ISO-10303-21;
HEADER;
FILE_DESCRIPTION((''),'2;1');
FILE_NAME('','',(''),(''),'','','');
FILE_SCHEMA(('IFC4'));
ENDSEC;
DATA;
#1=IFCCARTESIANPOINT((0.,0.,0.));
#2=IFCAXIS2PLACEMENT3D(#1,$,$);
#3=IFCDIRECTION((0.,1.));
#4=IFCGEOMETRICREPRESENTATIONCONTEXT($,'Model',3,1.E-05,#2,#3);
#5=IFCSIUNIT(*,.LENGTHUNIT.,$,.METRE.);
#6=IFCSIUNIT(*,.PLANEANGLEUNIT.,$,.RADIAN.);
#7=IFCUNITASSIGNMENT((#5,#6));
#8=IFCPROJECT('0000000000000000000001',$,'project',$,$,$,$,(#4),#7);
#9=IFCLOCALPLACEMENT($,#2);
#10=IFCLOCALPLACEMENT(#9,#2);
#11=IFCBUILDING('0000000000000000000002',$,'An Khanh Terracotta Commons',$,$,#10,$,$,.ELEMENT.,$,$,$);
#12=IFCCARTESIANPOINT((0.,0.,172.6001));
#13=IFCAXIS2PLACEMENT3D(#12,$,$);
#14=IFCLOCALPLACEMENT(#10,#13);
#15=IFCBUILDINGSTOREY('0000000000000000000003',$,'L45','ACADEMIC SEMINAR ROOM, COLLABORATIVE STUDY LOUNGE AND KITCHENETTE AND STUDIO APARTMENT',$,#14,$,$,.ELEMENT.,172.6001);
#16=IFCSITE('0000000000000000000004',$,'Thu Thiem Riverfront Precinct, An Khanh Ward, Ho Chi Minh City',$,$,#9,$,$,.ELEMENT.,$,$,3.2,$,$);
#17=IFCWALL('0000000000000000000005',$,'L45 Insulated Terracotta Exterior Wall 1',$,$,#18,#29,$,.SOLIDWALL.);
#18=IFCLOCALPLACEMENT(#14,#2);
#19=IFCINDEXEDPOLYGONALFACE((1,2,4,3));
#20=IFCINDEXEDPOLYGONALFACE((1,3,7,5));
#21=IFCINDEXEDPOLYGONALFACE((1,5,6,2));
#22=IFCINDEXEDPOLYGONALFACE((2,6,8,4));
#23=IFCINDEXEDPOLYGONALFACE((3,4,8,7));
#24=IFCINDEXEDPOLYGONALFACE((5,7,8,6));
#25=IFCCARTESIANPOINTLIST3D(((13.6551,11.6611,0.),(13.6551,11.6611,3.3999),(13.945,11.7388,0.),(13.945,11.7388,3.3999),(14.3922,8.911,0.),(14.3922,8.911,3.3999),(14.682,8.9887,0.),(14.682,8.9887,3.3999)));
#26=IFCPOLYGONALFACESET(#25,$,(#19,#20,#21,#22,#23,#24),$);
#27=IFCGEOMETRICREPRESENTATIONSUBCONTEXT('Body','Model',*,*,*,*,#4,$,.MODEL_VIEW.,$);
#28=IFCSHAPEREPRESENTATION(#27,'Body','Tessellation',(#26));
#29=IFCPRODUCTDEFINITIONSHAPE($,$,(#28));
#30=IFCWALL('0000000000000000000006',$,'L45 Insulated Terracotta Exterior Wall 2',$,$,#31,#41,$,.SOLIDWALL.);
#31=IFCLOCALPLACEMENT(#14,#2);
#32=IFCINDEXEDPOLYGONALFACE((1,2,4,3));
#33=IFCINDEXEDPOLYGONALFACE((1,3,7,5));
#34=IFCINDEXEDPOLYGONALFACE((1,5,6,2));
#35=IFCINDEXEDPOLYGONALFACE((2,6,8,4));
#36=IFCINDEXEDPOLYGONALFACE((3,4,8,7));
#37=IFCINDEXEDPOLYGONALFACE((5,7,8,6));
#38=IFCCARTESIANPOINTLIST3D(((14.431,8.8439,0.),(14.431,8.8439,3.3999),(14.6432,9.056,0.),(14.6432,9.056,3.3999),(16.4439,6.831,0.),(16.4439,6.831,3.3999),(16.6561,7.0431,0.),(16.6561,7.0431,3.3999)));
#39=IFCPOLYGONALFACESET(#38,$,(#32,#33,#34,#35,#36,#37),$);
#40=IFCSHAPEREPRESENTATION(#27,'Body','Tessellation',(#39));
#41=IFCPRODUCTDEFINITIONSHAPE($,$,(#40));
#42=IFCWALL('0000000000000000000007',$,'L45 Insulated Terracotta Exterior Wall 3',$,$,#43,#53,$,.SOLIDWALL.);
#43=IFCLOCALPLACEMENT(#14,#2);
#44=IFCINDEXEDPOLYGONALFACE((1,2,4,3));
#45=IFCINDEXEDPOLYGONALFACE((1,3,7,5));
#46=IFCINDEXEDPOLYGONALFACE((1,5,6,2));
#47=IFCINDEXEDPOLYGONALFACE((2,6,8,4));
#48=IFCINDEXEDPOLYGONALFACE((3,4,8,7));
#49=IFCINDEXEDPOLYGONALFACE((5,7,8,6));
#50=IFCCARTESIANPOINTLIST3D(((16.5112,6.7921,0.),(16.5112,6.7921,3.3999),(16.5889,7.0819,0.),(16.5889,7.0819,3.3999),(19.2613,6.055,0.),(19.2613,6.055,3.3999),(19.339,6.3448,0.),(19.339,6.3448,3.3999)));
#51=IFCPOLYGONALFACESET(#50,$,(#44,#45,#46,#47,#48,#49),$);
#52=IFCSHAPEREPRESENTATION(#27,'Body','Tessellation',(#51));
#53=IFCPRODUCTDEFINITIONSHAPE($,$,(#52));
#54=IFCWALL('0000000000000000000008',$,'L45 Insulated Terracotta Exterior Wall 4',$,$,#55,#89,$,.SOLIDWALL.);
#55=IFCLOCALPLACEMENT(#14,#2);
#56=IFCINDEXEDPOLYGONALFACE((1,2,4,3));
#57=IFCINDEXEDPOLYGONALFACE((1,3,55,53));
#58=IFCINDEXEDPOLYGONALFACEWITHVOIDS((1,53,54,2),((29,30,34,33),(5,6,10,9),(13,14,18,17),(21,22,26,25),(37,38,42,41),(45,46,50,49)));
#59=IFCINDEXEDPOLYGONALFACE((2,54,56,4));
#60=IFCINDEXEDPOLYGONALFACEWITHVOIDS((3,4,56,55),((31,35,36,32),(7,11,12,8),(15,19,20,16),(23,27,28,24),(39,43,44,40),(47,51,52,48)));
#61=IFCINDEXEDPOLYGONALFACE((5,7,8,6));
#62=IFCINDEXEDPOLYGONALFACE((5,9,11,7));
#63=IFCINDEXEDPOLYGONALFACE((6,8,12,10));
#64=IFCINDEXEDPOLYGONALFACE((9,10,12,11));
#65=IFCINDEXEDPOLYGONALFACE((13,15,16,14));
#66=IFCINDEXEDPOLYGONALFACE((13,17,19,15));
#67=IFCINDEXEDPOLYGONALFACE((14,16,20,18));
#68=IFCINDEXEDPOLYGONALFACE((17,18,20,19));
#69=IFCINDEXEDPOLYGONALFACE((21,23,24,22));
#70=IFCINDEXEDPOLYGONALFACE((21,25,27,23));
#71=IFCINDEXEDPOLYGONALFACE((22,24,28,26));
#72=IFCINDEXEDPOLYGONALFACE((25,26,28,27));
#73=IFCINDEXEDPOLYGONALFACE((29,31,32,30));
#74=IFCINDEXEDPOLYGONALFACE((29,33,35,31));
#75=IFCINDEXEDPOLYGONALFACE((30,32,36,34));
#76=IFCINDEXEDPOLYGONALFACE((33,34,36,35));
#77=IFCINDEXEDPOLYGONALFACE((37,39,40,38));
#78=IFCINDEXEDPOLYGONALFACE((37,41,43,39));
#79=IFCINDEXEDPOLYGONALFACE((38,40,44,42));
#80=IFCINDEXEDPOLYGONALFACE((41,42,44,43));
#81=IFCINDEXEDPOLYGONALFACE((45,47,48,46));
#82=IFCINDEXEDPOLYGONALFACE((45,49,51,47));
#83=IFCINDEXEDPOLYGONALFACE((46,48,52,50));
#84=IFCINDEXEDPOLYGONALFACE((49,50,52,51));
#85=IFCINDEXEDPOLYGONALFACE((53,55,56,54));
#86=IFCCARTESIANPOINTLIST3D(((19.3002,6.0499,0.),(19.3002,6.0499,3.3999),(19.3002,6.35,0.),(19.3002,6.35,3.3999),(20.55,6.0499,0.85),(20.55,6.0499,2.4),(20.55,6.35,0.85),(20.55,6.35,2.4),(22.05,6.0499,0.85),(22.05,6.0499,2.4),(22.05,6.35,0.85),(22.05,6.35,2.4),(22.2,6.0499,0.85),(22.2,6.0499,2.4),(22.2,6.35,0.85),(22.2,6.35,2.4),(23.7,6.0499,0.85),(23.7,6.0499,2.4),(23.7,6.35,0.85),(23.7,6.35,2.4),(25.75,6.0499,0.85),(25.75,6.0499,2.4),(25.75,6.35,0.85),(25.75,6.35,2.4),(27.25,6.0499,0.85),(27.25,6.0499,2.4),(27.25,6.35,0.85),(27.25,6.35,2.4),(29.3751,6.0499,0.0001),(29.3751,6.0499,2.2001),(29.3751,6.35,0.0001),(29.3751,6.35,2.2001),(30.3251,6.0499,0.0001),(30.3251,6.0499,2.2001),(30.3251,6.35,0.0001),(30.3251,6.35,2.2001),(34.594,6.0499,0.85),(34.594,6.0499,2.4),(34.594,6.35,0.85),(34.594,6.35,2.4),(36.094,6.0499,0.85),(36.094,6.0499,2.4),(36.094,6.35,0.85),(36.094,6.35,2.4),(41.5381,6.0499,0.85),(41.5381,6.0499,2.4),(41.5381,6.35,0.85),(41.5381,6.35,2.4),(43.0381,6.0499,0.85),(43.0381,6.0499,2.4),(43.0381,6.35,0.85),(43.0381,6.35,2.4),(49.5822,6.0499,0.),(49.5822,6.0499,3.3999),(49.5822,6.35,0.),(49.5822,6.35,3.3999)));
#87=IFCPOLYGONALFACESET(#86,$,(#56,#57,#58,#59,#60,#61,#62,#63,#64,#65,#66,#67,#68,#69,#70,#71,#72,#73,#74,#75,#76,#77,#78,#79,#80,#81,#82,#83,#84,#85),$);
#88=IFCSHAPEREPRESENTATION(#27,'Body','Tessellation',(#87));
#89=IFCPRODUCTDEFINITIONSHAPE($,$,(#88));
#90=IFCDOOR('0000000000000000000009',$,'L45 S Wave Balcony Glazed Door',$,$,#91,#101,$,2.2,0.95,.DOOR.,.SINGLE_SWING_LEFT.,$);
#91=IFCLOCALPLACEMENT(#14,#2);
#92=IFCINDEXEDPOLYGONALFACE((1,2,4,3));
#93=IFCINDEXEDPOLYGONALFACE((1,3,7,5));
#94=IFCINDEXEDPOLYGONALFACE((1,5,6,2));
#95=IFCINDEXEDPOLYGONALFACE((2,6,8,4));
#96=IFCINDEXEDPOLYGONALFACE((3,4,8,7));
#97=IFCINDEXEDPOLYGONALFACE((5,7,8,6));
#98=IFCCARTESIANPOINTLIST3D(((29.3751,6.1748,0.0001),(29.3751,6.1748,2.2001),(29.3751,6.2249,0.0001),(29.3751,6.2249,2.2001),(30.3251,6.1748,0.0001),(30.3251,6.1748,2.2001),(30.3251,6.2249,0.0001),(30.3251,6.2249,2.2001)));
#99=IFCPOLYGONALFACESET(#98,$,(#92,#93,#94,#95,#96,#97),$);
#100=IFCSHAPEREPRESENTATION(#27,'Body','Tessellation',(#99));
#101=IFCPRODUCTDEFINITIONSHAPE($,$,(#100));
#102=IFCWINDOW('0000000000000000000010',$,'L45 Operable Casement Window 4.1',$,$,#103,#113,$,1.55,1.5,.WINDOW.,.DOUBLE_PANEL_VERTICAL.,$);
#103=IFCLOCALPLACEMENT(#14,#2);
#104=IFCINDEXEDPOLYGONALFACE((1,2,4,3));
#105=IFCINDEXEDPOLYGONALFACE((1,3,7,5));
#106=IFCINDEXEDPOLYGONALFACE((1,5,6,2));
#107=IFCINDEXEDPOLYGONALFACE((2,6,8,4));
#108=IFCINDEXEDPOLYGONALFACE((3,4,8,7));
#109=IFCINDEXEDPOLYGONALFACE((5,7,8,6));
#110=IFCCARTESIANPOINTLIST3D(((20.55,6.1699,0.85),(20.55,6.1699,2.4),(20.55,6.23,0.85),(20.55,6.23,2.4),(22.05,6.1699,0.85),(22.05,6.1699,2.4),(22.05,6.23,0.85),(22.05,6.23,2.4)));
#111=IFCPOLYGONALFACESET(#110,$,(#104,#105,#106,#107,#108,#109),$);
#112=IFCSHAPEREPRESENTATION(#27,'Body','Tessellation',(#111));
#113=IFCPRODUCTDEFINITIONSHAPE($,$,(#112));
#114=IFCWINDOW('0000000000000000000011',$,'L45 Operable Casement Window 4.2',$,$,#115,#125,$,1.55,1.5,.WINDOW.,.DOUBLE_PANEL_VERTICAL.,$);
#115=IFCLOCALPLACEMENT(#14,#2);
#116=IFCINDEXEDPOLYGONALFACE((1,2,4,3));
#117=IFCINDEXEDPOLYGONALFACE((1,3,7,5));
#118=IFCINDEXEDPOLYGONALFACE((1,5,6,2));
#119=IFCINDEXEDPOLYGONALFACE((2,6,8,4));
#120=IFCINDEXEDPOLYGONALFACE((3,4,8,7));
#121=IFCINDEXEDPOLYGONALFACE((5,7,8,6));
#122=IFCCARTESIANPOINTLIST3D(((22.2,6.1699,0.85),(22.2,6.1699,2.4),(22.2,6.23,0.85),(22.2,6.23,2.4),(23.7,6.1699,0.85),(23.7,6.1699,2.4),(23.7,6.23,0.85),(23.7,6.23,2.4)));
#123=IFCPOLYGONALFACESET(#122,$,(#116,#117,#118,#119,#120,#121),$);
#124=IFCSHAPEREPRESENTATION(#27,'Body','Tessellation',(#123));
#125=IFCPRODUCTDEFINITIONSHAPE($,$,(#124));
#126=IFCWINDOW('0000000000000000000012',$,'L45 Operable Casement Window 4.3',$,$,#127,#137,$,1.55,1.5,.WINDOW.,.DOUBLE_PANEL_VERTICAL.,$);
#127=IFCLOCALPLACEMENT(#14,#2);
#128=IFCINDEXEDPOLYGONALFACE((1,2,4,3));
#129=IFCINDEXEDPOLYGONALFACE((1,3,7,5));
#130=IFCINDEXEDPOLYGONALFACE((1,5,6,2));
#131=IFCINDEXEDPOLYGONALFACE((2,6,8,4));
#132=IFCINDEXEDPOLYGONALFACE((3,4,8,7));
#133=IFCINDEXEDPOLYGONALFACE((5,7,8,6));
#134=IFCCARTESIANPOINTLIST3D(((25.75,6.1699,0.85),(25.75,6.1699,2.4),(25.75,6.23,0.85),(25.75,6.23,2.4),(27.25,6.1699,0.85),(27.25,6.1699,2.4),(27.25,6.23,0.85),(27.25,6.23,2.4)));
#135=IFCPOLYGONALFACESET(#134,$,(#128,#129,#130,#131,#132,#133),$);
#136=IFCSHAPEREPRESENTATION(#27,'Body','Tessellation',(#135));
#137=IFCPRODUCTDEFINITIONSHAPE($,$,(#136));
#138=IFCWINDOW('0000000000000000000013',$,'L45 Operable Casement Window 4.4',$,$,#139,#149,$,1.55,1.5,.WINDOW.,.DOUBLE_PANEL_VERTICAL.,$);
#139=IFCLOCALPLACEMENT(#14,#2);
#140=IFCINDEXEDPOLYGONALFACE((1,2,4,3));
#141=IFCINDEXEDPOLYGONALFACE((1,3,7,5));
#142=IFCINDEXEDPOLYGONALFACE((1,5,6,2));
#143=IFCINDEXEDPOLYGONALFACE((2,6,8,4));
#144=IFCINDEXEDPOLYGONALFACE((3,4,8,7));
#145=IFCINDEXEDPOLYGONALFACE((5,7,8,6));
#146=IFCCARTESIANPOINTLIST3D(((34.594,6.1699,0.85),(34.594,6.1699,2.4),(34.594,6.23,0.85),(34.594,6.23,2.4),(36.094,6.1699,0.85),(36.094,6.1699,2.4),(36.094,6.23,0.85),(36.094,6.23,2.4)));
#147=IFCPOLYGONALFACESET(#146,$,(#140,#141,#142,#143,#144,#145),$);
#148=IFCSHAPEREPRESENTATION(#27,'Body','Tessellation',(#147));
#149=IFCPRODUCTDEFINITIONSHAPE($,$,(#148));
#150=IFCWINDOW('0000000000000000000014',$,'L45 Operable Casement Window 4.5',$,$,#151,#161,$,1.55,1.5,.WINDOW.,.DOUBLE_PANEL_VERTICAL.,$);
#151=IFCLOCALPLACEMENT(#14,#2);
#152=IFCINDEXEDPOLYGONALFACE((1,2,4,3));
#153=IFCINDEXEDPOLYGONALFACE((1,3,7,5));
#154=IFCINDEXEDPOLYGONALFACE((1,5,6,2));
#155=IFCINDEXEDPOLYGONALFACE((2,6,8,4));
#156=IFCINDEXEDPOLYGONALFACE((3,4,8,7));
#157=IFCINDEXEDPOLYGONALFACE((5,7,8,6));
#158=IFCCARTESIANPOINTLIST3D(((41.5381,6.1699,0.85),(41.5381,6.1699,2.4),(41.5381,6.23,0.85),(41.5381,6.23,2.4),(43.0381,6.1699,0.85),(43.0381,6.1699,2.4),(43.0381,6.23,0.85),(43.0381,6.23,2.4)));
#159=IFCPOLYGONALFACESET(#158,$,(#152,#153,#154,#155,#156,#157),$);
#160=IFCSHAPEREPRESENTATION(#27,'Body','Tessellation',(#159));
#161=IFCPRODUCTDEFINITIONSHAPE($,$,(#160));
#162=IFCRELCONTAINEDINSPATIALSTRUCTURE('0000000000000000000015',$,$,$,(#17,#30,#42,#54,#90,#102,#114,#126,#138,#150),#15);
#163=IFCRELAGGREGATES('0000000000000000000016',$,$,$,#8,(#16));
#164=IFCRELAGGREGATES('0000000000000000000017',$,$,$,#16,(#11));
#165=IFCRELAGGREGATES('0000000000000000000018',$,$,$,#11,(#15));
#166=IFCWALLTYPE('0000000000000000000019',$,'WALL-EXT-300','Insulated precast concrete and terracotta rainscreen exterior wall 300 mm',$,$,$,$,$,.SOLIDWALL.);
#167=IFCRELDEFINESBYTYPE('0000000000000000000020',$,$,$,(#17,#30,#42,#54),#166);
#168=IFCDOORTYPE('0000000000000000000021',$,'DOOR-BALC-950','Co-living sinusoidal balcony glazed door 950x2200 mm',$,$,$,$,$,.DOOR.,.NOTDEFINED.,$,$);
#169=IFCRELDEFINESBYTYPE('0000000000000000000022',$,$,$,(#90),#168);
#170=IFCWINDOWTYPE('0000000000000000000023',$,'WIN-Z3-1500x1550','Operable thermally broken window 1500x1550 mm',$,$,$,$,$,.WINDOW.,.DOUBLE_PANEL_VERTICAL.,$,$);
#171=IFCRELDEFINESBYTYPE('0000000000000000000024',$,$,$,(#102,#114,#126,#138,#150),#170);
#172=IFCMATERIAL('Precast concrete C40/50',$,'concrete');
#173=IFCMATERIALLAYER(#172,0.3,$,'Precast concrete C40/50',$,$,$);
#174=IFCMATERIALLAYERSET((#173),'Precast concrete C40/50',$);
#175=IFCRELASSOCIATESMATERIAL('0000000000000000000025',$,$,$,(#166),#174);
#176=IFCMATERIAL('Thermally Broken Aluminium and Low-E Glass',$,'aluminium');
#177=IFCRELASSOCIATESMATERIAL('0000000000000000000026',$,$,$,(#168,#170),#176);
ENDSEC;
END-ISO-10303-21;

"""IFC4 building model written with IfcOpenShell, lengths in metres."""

from ifc_helpers import new_model, si_unit, direction, frame, frame_2d, origin, place, context, subcontext, project, spatial, rectangle, extrude, material, layer, layer_set, type_object, element, fill, save


model = new_model("IFC4")

# Units and contexts
model_context = context("Model", 3, precision=1e-05, world=origin(), true_north=direction((0.0, 1.0)))
body_context = subcontext(model_context, "Body", "Model", "MODEL_VIEW")
ifc_project = project(units=[si_unit("LENGTHUNIT", "METRE"), si_unit("PLANEANGLEUNIT", "RADIAN")], contexts=[model_context])

# Site, building, storey
site_placement = place(None, origin())
site = spatial("IfcSite", under=ifc_project, at=site_placement, Name="Thu Thiem Riverfront Precinct, An Khanh Ward, Ho Chi Minh City", CompositionType="ELEMENT", RefElevation=3.2)
building_placement = place(site_placement, origin())
building = spatial("IfcBuilding", under=site, at=building_placement, Name="An Khanh Terracotta Commons", CompositionType="ELEMENT")
storey_placement = place(building_placement, frame((0.0, 0.0, 172.6001)))
storey = spatial("IfcBuildingStorey", under=building, at=storey_placement, Name="L45", Description="ACADEMIC SEMINAR ROOM, COLLABORATIVE STUDY LOUNGE AND KITCHENETTE AND STUDIO APARTMENT", CompositionType="ELEMENT", Elevation=172.6001)

# Walls
ifc_material_1 = material(Name="Precast concrete C40/50", Category="concrete")
ifc_layer_1 = layer(ifc_material_1, 0.3, Name="Precast concrete C40/50")
ifc_layer_set_1 = layer_set([ifc_layer_1], Name="Precast concrete C40/50")
wall_type_1 = type_object("IfcWallType", Name="WALL-EXT-300", Description="Insulated precast concrete and terracotta rainscreen exterior wall 300 mm", PredefinedType="SOLIDWALL", material=ifc_layer_set_1)
wall_1_placement = place(storey_placement, frame((13.8, 11.7, 0.0), z_axis=(0.0, 0.0, 1.0), x_axis=(0.258885, -0.965908, 0.0)))
element("IfcWall", 1, at=wall_1_placement, inside=storey, type_object=wall_type_1, Name="L45 Insulated Terracotta Exterior Wall 1", PredefinedType="SOLIDWALL", context=body_context, shape_type="SweptSolid", body=[
    extrude(rectangle(XDim=2.8472, YDim=0.3, at=frame_2d((1.4236, 0.0))), origin(), (0.0, 0.0, 1.0), 3.3999),
])
wall_2_placement = place(storey_placement, frame((14.5371, 8.95, 0.0), z_axis=(0.0, 0.0, 1.0), x_axis=(0.707107, -0.707107, 0.0)))
element("IfcWall", 2, at=wall_2_placement, inside=storey, type_object=wall_type_1, Name="L45 Insulated Terracotta Exterior Wall 2", PredefinedType="SOLIDWALL", context=body_context, shape_type="SweptSolid", body=[
    extrude(rectangle(XDim=2.8467, YDim=0.3, at=frame_2d((1.4233, 0.0))), origin(), (0.0, 0.0, 1.0), 3.3999),
])
wall_3_placement = place(storey_placement, frame((16.55, 6.937, 0.0), z_axis=(0.0, 0.0, 1.0), x_axis=(0.965908, -0.258885, 0.0)))
element("IfcWall", 3, at=wall_3_placement, inside=storey, type_object=wall_type_1, Name="L45 Insulated Terracotta Exterior Wall 3", PredefinedType="SOLIDWALL", context=body_context, shape_type="SweptSolid", body=[
    extrude(rectangle(XDim=2.8472, YDim=0.3, at=frame_2d((1.4236, 0.0))), origin(), (0.0, 0.0, 1.0), 3.3999),
])

# Wall, openings, door, windows
wall_4_placement = place(storey_placement, frame((19.3, 6.2, 0.0), z_axis=(0.0, 0.0, 1.0), x_axis=(1.0, 0.0, 0.0)))
wall_4 = element("IfcWall", 4, at=wall_4_placement, inside=storey, type_object=wall_type_1, Name="L45 Insulated Terracotta Exterior Wall 4", PredefinedType="SOLIDWALL", context=body_context, shape_type="SweptSolid", body=[
    extrude(rectangle(XDim=30.282, YDim=0.3, at=frame_2d((15.1411, 0.0))), origin(), (0.0, 0.0, 1.0), 3.3999),
])
opening_1_placement = place(wall_4_placement, frame((10.075, 0.0, 0.0)))
opening_1 = element("IfcOpeningElement", 5, at=opening_1_placement, cuts=wall_4, PredefinedType="OPENING", context=body_context, shape_type="SweptSolid", body=[
    extrude(rectangle(XDim=0.95, YDim=2.2, at=frame_2d((0.4751, 1.1001))), frame((0.0, 0.1599, 0.0), z_axis=(0.0, -1.0, 0.0), x_axis=(1.0, 0.0, 0.0)), (0.0, 0.0, 1.0), 0.3201),
])
opening_2_placement = place(wall_4_placement, frame((1.25, 0.0, 0.8501)))
opening_2 = element("IfcOpeningElement", 6, at=opening_2_placement, cuts=wall_4, PredefinedType="OPENING", context=body_context, shape_type="SweptSolid", body=[
    extrude(rectangle(XDim=1.5, YDim=1.55, at=frame_2d((0.75, 0.7749))), frame((0.0, 0.1599, 0.0), z_axis=(0.0, -1.0, 0.0), x_axis=(1.0, 0.0, 0.0)), (0.0, 0.0, 1.0), 0.3201),
])
opening_3_placement = place(wall_4_placement, frame((2.8999, 0.0, 0.8501)))
opening_3 = element("IfcOpeningElement", 7, at=opening_3_placement, cuts=wall_4, PredefinedType="OPENING", context=body_context, shape_type="SweptSolid", body=[
    extrude(rectangle(XDim=1.5, YDim=1.55, at=frame_2d((0.75, 0.7749))), frame((0.0, 0.1599, 0.0), z_axis=(0.0, -1.0, 0.0), x_axis=(1.0, 0.0, 0.0)), (0.0, 0.0, 1.0), 0.3201),
])
opening_4_placement = place(wall_4_placement, frame((6.45, 0.0, 0.8501)))
opening_4 = element("IfcOpeningElement", 8, at=opening_4_placement, cuts=wall_4, PredefinedType="OPENING", context=body_context, shape_type="SweptSolid", body=[
    extrude(rectangle(XDim=1.5, YDim=1.55, at=frame_2d((0.75, 0.7749))), frame((0.0, 0.1599, 0.0), z_axis=(0.0, -1.0, 0.0), x_axis=(1.0, 0.0, 0.0)), (0.0, 0.0, 1.0), 0.3201),
])
opening_5_placement = place(wall_4_placement, frame((15.2939, 0.0, 0.8501)))
opening_5 = element("IfcOpeningElement", 9, at=opening_5_placement, cuts=wall_4, PredefinedType="OPENING", context=body_context, shape_type="SweptSolid", body=[
    extrude(rectangle(XDim=1.5, YDim=1.55, at=frame_2d((0.75, 0.7749))), frame((0.0, 0.1599, 0.0), z_axis=(0.0, -1.0, 0.0), x_axis=(1.0, 0.0, 0.0)), (0.0, 0.0, 1.0), 0.3201),
])
opening_6_placement = place(wall_4_placement, frame((22.238, 0.0, 0.8501)))
opening_6 = element("IfcOpeningElement", 10, at=opening_6_placement, cuts=wall_4, PredefinedType="OPENING", context=body_context, shape_type="SweptSolid", body=[
    extrude(rectangle(XDim=1.5, YDim=1.55, at=frame_2d((0.75, 0.7749))), frame((0.0, 0.1599, 0.0), z_axis=(0.0, -1.0, 0.0), x_axis=(1.0, 0.0, 0.0)), (0.0, 0.0, 1.0), 0.3201),
])
ifc_material_2 = material(Name="Thermally Broken Aluminium and Low-E Glass", Category="aluminium")
door_type_1 = type_object("IfcDoorType", Name="DOOR-BALC-950", Description="Co-living sinusoidal balcony glazed door 950x2200 mm", OperationType="NOTDEFINED", PredefinedType="DOOR", material=ifc_material_2)
door_1_placement = place(opening_1_placement, origin())
door_1 = element("IfcDoor", 11, at=door_1_placement, inside=storey, type_object=door_type_1, Name="L45 S Wave Balcony Glazed Door", OperationType="SINGLE_SWING_LEFT", OverallHeight=2.2, OverallWidth=0.95, PredefinedType="DOOR", context=body_context, shape_type="SweptSolid", body=[
    extrude(rectangle(XDim=0.95, YDim=2.2, at=frame_2d((0.4751, 1.1001))), frame((0.0, 0.0249, 0.0), z_axis=(0.0, -1.0, 0.0), x_axis=(1.0, 0.0, 0.0)), (0.0, 0.0, 1.0), 0.05),
])
fill(opening_1, door_1)
window_type = type_object("IfcWindowType", Name="WIN-Z3-1500x1550", Description="Operable thermally broken window 1500x1550 mm", PartitioningType="DOUBLE_PANEL_VERTICAL", PredefinedType="WINDOW", material=ifc_material_2)
window_1_placement = place(opening_2_placement, origin())
window_1 = element("IfcWindow", 12, at=window_1_placement, inside=storey, type_object=window_type, Name="L45 Operable Casement Window 4.1", OverallHeight=1.55, OverallWidth=1.5, PartitioningType="DOUBLE_PANEL_VERTICAL", PredefinedType="WINDOW", context=body_context, shape_type="SweptSolid", body=[
    extrude(rectangle(XDim=1.5, YDim=1.55, at=frame_2d((0.75, 0.7749))), frame((0.0, 0.03, 0.0), z_axis=(0.0, -1.0, 0.0), x_axis=(1.0, 0.0, 0.0)), (0.0, 0.0, 1.0), 0.0601),
])
fill(opening_2, window_1)
window_2_placement = place(opening_3_placement, origin())
window_2 = element("IfcWindow", 13, at=window_2_placement, inside=storey, type_object=window_type, Name="L45 Operable Casement Window 4.2", OverallHeight=1.55, OverallWidth=1.5, PartitioningType="DOUBLE_PANEL_VERTICAL", PredefinedType="WINDOW", context=body_context, shape_type="SweptSolid", body=[
    extrude(rectangle(XDim=1.5, YDim=1.55, at=frame_2d((0.75, 0.7749))), frame((0.0, 0.03, 0.0), z_axis=(0.0, -1.0, 0.0), x_axis=(1.0, 0.0, 0.0)), (0.0, 0.0, 1.0), 0.0601),
])
fill(opening_3, window_2)
window_3_placement = place(opening_4_placement, origin())
window_3 = element("IfcWindow", 14, at=window_3_placement, inside=storey, type_object=window_type, Name="L45 Operable Casement Window 4.3", OverallHeight=1.55, OverallWidth=1.5, PartitioningType="DOUBLE_PANEL_VERTICAL", PredefinedType="WINDOW", context=body_context, shape_type="SweptSolid", body=[
    extrude(rectangle(XDim=1.5, YDim=1.55, at=frame_2d((0.75, 0.7749))), frame((0.0, 0.03, 0.0), z_axis=(0.0, -1.0, 0.0), x_axis=(1.0, 0.0, 0.0)), (0.0, 0.0, 1.0), 0.0601),
])
fill(opening_4, window_3)
window_4_placement = place(opening_5_placement, origin())
window_4 = element("IfcWindow", 15, at=window_4_placement, inside=storey, type_object=window_type, Name="L45 Operable Casement Window 4.4", OverallHeight=1.55, OverallWidth=1.5, PartitioningType="DOUBLE_PANEL_VERTICAL", PredefinedType="WINDOW", context=body_context, shape_type="SweptSolid", body=[
    extrude(rectangle(XDim=1.5, YDim=1.55, at=frame_2d((0.75, 0.7749))), frame((0.0, 0.03, 0.0), z_axis=(0.0, -1.0, 0.0), x_axis=(1.0, 0.0, 0.0)), (0.0, 0.0, 1.0), 0.0601),
])
fill(opening_5, window_4)
window_5_placement = place(opening_6_placement, origin())
window_5 = element("IfcWindow", 16, at=window_5_placement, inside=storey, type_object=window_type, Name="L45 Operable Casement Window 4.5", OverallHeight=1.55, OverallWidth=1.5, PartitioningType="DOUBLE_PANEL_VERTICAL", PredefinedType="WINDOW", context=body_context, shape_type="SweptSolid", body=[
    extrude(rectangle(XDim=1.5, YDim=1.55, at=frame_2d((0.75, 0.7749))), frame((0.0, 0.03, 0.0), z_axis=(0.0, -1.0, 0.0), x_axis=(1.0, 0.0, 0.0)), (0.0, 0.0, 1.0), 0.0601),
])
fill(opening_6, window_5)

save(model, "model.ifc")
